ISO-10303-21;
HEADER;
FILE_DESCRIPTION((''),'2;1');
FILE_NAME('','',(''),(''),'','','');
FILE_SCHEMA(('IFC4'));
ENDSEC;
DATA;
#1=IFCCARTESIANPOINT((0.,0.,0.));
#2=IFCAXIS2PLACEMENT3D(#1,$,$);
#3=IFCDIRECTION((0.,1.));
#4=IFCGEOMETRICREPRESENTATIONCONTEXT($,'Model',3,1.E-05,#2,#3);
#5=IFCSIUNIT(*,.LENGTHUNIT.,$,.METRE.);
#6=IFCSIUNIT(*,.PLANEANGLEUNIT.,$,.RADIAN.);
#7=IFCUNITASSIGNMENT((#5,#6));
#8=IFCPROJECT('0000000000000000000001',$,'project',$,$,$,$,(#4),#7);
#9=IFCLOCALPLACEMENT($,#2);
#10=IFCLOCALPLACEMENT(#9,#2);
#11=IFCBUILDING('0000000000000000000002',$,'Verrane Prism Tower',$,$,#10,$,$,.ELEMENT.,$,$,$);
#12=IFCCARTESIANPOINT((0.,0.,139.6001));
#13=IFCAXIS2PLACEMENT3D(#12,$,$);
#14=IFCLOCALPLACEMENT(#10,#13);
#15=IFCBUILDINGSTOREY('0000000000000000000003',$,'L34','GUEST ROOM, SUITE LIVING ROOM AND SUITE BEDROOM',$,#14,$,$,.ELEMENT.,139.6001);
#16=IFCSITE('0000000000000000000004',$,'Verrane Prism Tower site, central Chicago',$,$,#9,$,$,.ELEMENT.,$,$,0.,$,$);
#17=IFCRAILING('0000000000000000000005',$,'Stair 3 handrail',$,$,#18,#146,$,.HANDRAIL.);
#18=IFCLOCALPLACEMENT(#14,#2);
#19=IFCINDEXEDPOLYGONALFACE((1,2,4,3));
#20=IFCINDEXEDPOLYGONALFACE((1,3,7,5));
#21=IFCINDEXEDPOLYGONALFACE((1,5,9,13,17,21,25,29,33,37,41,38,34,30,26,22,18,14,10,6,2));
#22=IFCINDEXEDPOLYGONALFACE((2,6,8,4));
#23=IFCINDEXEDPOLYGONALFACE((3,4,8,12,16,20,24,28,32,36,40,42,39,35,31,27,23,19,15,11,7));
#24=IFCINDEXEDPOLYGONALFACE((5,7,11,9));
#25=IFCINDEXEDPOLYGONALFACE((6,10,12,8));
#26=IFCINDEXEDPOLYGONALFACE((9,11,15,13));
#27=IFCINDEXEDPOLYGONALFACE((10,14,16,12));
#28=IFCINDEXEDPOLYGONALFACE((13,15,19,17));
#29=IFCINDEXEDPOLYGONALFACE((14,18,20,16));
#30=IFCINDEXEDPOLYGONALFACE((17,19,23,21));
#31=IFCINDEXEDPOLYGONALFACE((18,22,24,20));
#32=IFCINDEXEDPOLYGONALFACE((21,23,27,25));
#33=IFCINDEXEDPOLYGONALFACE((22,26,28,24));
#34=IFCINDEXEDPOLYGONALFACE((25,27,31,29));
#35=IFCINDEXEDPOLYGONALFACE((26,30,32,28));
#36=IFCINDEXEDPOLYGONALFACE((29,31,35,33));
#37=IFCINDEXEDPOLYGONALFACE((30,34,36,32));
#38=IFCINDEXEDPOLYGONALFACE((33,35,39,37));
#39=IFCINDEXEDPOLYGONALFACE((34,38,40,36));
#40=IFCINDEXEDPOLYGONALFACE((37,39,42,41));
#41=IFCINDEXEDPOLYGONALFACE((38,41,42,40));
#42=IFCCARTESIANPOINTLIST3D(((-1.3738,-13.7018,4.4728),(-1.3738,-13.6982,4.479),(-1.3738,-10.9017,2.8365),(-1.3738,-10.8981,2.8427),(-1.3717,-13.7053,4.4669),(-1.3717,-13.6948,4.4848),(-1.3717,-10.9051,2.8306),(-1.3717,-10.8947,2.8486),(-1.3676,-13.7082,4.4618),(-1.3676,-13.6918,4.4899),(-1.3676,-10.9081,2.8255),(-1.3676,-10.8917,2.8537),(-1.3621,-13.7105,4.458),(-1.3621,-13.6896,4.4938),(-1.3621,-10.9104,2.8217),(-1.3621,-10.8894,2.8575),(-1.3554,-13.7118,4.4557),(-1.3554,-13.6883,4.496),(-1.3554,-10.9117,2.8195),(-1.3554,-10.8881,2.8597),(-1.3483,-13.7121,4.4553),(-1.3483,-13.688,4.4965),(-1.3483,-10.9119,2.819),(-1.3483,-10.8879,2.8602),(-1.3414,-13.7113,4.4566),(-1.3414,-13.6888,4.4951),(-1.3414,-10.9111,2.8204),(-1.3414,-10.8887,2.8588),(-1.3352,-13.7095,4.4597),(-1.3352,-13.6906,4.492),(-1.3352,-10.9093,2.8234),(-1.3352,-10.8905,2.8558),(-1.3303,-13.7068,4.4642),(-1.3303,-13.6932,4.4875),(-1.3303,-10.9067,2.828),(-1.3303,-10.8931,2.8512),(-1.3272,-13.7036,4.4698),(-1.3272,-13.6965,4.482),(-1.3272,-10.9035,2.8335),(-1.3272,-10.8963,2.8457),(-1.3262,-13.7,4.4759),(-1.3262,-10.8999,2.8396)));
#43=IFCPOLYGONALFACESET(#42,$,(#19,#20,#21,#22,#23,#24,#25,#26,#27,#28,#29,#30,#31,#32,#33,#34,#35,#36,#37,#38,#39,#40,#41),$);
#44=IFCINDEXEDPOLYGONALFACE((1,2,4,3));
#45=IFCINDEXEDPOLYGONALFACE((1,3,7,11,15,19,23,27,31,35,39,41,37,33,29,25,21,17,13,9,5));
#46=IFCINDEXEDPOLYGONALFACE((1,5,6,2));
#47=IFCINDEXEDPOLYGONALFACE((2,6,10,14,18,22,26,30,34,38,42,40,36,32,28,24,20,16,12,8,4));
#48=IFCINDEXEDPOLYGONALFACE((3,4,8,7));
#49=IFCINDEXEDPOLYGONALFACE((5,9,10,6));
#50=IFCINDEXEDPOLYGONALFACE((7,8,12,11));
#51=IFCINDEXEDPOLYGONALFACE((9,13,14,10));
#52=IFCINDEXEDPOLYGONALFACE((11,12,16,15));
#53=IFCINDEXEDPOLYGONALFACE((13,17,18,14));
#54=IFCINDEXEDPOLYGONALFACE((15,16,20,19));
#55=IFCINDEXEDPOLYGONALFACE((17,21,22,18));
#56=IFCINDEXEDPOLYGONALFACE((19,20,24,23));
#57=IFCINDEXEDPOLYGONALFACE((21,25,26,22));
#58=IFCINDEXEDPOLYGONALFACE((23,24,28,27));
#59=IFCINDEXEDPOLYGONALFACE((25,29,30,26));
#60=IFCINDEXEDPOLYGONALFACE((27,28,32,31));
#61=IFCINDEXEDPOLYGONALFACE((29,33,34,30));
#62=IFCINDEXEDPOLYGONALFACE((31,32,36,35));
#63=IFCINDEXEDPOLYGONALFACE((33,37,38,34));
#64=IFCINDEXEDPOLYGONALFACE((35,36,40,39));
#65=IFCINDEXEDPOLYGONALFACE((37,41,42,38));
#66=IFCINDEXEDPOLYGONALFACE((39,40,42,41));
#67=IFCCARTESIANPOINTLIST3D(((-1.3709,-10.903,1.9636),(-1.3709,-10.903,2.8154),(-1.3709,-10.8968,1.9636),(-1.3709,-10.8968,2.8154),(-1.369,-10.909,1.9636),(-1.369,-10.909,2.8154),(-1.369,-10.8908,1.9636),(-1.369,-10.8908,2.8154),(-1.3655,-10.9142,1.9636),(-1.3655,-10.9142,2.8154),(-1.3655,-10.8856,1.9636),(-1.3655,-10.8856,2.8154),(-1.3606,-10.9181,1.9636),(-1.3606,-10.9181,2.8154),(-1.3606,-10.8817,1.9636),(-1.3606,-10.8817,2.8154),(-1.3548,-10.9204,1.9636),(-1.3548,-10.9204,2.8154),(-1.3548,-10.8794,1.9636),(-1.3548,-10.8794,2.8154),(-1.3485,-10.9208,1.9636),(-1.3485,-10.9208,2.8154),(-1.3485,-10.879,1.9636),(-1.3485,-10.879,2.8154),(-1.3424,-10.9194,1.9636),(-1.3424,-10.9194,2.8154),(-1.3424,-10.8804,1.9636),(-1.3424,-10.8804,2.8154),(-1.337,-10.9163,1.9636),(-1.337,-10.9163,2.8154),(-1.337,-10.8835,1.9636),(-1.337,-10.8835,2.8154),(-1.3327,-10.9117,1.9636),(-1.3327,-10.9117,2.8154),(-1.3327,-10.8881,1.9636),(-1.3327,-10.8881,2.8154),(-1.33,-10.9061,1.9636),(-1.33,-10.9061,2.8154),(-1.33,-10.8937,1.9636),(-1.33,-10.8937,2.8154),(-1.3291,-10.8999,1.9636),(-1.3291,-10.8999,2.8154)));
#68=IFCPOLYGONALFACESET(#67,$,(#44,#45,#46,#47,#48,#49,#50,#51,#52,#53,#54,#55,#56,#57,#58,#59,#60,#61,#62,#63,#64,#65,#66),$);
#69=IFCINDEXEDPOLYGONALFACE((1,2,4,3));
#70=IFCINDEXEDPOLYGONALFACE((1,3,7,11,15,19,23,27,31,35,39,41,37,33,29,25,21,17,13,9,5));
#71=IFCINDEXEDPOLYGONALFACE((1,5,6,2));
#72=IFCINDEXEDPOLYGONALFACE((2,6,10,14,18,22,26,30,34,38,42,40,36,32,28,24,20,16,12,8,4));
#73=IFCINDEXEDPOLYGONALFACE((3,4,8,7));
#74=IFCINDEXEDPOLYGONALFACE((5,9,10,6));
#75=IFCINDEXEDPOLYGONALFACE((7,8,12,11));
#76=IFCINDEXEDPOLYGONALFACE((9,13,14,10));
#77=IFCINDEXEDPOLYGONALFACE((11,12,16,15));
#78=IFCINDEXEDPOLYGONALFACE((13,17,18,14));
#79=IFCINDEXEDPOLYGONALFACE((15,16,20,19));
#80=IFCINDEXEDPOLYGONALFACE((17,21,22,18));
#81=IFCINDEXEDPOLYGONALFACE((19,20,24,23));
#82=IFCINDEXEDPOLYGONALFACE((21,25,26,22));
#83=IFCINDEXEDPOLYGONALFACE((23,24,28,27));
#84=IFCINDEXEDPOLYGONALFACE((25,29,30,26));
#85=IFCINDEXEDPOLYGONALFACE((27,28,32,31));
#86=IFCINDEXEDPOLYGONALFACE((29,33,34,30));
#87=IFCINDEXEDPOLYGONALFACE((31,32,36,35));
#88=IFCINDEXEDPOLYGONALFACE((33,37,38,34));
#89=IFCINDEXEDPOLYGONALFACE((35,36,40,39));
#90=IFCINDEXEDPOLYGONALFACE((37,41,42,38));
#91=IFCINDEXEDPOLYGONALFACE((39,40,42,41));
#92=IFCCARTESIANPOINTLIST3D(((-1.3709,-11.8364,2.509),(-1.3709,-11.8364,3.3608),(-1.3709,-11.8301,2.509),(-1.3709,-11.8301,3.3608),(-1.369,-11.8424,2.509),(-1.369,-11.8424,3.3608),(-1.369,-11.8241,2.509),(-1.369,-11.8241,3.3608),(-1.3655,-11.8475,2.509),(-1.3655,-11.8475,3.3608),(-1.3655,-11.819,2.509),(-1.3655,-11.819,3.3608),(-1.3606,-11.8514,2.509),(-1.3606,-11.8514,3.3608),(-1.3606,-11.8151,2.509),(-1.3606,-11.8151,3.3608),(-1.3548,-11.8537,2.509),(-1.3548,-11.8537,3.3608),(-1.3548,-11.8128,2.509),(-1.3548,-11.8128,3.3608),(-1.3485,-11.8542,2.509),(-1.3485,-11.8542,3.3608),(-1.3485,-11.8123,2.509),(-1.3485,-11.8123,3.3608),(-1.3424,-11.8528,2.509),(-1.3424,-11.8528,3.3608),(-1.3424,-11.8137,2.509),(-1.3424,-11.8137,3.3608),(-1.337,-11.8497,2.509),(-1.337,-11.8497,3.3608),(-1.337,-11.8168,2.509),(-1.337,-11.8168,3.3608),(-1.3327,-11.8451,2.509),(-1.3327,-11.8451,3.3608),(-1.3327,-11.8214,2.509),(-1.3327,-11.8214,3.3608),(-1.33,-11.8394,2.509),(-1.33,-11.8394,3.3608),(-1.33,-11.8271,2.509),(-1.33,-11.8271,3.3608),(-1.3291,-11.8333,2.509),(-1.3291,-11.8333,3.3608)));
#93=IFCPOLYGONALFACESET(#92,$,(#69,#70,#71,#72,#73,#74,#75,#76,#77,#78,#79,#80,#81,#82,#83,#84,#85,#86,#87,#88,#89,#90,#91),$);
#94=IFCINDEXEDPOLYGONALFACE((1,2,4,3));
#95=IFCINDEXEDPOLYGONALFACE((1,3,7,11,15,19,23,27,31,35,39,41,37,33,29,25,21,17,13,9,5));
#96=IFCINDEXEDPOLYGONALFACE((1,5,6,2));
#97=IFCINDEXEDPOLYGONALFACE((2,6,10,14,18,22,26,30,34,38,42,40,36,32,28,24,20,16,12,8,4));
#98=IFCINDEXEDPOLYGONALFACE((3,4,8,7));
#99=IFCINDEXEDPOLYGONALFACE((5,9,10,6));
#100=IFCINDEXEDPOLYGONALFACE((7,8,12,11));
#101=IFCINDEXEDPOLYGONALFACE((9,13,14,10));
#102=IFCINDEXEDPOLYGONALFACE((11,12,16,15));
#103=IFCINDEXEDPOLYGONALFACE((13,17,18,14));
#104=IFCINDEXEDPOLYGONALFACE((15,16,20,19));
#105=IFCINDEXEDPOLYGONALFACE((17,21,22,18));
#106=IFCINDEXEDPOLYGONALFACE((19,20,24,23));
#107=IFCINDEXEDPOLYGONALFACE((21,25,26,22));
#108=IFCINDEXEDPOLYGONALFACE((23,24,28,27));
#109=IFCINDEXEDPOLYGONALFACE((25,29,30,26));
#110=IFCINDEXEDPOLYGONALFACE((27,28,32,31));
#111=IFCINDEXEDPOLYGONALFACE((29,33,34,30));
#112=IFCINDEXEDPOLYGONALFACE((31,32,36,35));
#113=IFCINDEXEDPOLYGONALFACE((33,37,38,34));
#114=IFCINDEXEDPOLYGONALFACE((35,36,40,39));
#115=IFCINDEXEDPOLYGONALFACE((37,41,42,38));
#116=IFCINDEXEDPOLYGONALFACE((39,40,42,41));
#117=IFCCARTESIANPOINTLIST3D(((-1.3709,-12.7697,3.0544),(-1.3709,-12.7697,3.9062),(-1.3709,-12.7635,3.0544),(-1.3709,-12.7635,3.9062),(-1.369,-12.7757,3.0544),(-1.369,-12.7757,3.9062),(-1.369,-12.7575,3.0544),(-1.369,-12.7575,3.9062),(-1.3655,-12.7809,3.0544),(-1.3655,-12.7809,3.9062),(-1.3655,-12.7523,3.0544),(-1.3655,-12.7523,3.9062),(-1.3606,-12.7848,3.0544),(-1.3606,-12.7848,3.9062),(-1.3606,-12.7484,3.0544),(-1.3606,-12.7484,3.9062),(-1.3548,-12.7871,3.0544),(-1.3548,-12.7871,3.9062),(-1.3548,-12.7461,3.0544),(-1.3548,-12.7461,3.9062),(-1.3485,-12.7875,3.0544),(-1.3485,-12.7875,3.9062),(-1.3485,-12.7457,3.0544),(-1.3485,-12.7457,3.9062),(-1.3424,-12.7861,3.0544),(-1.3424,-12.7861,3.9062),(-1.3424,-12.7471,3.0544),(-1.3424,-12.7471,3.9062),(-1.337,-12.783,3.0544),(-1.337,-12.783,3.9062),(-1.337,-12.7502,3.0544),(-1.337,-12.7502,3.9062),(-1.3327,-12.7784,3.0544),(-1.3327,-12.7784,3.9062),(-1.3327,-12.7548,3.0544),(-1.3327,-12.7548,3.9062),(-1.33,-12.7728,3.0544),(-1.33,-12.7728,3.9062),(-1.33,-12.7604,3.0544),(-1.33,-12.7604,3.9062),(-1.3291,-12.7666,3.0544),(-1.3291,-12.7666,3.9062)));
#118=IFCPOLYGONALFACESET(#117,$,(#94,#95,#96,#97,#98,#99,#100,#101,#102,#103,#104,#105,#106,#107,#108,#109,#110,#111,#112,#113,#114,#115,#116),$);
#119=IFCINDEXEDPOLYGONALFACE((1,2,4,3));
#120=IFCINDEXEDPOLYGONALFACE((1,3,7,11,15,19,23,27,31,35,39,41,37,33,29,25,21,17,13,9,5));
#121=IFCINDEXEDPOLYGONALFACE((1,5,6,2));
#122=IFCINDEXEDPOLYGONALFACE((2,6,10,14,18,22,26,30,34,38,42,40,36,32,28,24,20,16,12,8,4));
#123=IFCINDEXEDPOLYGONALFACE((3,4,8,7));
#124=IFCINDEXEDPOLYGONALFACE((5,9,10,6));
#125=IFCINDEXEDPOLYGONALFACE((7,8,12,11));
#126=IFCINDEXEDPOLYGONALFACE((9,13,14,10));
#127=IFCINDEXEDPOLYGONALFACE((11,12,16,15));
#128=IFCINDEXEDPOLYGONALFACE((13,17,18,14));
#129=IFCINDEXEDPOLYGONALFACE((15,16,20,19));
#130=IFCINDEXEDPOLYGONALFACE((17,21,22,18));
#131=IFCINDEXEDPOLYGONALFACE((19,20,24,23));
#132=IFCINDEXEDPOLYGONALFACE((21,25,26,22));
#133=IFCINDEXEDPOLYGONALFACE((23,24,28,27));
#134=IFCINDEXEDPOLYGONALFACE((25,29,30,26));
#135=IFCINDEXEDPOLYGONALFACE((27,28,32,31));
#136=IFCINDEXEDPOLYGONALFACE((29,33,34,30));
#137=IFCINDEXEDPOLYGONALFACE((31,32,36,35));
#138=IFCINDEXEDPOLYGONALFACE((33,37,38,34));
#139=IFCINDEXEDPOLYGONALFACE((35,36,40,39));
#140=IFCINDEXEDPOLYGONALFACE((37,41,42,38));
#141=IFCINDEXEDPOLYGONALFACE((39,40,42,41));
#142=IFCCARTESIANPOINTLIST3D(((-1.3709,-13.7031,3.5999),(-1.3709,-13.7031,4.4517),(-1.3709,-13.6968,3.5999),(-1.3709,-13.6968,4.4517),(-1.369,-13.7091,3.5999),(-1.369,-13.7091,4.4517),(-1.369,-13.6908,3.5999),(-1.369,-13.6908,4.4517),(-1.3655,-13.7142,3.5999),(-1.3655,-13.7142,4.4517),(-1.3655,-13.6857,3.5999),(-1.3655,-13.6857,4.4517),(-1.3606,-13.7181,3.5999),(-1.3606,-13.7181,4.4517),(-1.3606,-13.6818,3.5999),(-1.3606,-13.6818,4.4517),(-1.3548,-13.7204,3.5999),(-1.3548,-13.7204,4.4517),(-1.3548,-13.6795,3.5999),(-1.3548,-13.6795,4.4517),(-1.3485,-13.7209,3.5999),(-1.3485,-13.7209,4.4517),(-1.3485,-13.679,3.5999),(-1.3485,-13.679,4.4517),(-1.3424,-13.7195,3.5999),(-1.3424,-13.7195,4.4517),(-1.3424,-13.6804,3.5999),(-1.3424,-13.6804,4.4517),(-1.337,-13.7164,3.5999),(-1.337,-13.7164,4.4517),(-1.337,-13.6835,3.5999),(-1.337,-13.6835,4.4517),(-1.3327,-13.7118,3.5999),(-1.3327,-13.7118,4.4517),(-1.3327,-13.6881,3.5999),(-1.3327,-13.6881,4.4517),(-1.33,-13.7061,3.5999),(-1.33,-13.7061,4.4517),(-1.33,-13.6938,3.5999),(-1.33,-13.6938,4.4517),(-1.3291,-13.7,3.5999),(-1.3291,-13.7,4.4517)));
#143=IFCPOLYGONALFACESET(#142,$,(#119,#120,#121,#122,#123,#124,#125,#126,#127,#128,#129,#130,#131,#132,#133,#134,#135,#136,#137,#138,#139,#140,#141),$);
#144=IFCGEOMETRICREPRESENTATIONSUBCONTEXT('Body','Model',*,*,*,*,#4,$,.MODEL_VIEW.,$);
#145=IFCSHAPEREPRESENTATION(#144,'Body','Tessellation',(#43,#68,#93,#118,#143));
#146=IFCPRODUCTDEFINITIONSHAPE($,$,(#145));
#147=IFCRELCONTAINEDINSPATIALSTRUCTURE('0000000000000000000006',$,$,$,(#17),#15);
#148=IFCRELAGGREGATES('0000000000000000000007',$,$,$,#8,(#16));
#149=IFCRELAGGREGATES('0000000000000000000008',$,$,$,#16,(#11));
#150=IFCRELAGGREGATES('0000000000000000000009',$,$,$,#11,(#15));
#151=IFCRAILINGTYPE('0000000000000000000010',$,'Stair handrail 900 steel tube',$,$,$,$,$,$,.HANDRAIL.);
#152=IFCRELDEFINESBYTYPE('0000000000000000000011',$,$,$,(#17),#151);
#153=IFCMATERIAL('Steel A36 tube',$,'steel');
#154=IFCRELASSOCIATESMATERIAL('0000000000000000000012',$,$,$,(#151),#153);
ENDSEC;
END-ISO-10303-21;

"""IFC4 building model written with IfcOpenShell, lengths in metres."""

from ifc_helpers import new_model, si_unit, direction, frame, origin, origin_2d, place, context, subcontext, project, spatial, circle, extrude, material, type_object, element, save


model = new_model("IFC4")

# Units and contexts
model_context = context("Model", 3, precision=1e-05, world=origin(), true_north=direction((0.0, 1.0)))
body_context = subcontext(model_context, "Body", "Model", "MODEL_VIEW")
ifc_project = project(units=[si_unit("LENGTHUNIT", "METRE"), si_unit("PLANEANGLEUNIT", "RADIAN")], contexts=[model_context])

# Site, building, storey
site_placement = place(None, origin())
site = spatial("IfcSite", under=ifc_project, at=site_placement, Name="Verrane Prism Tower site, central Chicago", CompositionType="ELEMENT", RefElevation=0.0)
building_placement = place(site_placement, origin())
building = spatial("IfcBuilding", under=site, at=building_placement, Name="Verrane Prism Tower", CompositionType="ELEMENT")
storey_placement = place(building_placement, frame((0.0, 0.0, 139.6001)))
storey = spatial("IfcBuildingStorey", under=building, at=storey_placement, Name="L34", Description="GUEST ROOM, SUITE LIVING ROOM AND SUITE BEDROOM", CompositionType="ELEMENT", Elevation=139.6001)

# Railing
ifc_material_1 = material(Name="Steel A36 tube", Category="steel")
railing_type = type_object("IfcRailingType", Name="Stair handrail 900 steel tube", PredefinedType="HANDRAIL", material=ifc_material_1)
railing_placement = place(storey_placement, frame((-1.3501, -10.8999, 1.9636)))
element("IfcRailing", 1, at=railing_placement, inside=storey, type_object=railing_type, Name="Stair 3 handrail", PredefinedType="HANDRAIL", context=body_context, shape_type="SweptSolid", body=[
    extrude(circle(Radius=0.0239, at=origin_2d()), frame((0.0, 0.0, 0.876), z_axis=(0.0, -0.863394, 0.504531), x_axis=(1.0, 0.0, 0.0)), (0.0, 0.0, 1.0), 3.2432),
    extrude(circle(Radius=0.021, at=origin_2d()), origin(), (0.0, 0.0, 1.0), 0.8518),
    extrude(circle(Radius=0.021, at=origin_2d()), frame((0.0, -0.9333, 0.5454)), (0.0, 0.0, 1.0), 0.8518),
    extrude(circle(Radius=0.021, at=origin_2d()), frame((0.0, -1.8667, 1.0908)), (0.0, 0.0, 1.0), 0.8518),
    extrude(circle(Radius=0.021, at=origin_2d()), frame((0.0, -2.8, 1.6362)), (0.0, 0.0, 1.0), 0.8518),
])

save(model, "model.ifc")
